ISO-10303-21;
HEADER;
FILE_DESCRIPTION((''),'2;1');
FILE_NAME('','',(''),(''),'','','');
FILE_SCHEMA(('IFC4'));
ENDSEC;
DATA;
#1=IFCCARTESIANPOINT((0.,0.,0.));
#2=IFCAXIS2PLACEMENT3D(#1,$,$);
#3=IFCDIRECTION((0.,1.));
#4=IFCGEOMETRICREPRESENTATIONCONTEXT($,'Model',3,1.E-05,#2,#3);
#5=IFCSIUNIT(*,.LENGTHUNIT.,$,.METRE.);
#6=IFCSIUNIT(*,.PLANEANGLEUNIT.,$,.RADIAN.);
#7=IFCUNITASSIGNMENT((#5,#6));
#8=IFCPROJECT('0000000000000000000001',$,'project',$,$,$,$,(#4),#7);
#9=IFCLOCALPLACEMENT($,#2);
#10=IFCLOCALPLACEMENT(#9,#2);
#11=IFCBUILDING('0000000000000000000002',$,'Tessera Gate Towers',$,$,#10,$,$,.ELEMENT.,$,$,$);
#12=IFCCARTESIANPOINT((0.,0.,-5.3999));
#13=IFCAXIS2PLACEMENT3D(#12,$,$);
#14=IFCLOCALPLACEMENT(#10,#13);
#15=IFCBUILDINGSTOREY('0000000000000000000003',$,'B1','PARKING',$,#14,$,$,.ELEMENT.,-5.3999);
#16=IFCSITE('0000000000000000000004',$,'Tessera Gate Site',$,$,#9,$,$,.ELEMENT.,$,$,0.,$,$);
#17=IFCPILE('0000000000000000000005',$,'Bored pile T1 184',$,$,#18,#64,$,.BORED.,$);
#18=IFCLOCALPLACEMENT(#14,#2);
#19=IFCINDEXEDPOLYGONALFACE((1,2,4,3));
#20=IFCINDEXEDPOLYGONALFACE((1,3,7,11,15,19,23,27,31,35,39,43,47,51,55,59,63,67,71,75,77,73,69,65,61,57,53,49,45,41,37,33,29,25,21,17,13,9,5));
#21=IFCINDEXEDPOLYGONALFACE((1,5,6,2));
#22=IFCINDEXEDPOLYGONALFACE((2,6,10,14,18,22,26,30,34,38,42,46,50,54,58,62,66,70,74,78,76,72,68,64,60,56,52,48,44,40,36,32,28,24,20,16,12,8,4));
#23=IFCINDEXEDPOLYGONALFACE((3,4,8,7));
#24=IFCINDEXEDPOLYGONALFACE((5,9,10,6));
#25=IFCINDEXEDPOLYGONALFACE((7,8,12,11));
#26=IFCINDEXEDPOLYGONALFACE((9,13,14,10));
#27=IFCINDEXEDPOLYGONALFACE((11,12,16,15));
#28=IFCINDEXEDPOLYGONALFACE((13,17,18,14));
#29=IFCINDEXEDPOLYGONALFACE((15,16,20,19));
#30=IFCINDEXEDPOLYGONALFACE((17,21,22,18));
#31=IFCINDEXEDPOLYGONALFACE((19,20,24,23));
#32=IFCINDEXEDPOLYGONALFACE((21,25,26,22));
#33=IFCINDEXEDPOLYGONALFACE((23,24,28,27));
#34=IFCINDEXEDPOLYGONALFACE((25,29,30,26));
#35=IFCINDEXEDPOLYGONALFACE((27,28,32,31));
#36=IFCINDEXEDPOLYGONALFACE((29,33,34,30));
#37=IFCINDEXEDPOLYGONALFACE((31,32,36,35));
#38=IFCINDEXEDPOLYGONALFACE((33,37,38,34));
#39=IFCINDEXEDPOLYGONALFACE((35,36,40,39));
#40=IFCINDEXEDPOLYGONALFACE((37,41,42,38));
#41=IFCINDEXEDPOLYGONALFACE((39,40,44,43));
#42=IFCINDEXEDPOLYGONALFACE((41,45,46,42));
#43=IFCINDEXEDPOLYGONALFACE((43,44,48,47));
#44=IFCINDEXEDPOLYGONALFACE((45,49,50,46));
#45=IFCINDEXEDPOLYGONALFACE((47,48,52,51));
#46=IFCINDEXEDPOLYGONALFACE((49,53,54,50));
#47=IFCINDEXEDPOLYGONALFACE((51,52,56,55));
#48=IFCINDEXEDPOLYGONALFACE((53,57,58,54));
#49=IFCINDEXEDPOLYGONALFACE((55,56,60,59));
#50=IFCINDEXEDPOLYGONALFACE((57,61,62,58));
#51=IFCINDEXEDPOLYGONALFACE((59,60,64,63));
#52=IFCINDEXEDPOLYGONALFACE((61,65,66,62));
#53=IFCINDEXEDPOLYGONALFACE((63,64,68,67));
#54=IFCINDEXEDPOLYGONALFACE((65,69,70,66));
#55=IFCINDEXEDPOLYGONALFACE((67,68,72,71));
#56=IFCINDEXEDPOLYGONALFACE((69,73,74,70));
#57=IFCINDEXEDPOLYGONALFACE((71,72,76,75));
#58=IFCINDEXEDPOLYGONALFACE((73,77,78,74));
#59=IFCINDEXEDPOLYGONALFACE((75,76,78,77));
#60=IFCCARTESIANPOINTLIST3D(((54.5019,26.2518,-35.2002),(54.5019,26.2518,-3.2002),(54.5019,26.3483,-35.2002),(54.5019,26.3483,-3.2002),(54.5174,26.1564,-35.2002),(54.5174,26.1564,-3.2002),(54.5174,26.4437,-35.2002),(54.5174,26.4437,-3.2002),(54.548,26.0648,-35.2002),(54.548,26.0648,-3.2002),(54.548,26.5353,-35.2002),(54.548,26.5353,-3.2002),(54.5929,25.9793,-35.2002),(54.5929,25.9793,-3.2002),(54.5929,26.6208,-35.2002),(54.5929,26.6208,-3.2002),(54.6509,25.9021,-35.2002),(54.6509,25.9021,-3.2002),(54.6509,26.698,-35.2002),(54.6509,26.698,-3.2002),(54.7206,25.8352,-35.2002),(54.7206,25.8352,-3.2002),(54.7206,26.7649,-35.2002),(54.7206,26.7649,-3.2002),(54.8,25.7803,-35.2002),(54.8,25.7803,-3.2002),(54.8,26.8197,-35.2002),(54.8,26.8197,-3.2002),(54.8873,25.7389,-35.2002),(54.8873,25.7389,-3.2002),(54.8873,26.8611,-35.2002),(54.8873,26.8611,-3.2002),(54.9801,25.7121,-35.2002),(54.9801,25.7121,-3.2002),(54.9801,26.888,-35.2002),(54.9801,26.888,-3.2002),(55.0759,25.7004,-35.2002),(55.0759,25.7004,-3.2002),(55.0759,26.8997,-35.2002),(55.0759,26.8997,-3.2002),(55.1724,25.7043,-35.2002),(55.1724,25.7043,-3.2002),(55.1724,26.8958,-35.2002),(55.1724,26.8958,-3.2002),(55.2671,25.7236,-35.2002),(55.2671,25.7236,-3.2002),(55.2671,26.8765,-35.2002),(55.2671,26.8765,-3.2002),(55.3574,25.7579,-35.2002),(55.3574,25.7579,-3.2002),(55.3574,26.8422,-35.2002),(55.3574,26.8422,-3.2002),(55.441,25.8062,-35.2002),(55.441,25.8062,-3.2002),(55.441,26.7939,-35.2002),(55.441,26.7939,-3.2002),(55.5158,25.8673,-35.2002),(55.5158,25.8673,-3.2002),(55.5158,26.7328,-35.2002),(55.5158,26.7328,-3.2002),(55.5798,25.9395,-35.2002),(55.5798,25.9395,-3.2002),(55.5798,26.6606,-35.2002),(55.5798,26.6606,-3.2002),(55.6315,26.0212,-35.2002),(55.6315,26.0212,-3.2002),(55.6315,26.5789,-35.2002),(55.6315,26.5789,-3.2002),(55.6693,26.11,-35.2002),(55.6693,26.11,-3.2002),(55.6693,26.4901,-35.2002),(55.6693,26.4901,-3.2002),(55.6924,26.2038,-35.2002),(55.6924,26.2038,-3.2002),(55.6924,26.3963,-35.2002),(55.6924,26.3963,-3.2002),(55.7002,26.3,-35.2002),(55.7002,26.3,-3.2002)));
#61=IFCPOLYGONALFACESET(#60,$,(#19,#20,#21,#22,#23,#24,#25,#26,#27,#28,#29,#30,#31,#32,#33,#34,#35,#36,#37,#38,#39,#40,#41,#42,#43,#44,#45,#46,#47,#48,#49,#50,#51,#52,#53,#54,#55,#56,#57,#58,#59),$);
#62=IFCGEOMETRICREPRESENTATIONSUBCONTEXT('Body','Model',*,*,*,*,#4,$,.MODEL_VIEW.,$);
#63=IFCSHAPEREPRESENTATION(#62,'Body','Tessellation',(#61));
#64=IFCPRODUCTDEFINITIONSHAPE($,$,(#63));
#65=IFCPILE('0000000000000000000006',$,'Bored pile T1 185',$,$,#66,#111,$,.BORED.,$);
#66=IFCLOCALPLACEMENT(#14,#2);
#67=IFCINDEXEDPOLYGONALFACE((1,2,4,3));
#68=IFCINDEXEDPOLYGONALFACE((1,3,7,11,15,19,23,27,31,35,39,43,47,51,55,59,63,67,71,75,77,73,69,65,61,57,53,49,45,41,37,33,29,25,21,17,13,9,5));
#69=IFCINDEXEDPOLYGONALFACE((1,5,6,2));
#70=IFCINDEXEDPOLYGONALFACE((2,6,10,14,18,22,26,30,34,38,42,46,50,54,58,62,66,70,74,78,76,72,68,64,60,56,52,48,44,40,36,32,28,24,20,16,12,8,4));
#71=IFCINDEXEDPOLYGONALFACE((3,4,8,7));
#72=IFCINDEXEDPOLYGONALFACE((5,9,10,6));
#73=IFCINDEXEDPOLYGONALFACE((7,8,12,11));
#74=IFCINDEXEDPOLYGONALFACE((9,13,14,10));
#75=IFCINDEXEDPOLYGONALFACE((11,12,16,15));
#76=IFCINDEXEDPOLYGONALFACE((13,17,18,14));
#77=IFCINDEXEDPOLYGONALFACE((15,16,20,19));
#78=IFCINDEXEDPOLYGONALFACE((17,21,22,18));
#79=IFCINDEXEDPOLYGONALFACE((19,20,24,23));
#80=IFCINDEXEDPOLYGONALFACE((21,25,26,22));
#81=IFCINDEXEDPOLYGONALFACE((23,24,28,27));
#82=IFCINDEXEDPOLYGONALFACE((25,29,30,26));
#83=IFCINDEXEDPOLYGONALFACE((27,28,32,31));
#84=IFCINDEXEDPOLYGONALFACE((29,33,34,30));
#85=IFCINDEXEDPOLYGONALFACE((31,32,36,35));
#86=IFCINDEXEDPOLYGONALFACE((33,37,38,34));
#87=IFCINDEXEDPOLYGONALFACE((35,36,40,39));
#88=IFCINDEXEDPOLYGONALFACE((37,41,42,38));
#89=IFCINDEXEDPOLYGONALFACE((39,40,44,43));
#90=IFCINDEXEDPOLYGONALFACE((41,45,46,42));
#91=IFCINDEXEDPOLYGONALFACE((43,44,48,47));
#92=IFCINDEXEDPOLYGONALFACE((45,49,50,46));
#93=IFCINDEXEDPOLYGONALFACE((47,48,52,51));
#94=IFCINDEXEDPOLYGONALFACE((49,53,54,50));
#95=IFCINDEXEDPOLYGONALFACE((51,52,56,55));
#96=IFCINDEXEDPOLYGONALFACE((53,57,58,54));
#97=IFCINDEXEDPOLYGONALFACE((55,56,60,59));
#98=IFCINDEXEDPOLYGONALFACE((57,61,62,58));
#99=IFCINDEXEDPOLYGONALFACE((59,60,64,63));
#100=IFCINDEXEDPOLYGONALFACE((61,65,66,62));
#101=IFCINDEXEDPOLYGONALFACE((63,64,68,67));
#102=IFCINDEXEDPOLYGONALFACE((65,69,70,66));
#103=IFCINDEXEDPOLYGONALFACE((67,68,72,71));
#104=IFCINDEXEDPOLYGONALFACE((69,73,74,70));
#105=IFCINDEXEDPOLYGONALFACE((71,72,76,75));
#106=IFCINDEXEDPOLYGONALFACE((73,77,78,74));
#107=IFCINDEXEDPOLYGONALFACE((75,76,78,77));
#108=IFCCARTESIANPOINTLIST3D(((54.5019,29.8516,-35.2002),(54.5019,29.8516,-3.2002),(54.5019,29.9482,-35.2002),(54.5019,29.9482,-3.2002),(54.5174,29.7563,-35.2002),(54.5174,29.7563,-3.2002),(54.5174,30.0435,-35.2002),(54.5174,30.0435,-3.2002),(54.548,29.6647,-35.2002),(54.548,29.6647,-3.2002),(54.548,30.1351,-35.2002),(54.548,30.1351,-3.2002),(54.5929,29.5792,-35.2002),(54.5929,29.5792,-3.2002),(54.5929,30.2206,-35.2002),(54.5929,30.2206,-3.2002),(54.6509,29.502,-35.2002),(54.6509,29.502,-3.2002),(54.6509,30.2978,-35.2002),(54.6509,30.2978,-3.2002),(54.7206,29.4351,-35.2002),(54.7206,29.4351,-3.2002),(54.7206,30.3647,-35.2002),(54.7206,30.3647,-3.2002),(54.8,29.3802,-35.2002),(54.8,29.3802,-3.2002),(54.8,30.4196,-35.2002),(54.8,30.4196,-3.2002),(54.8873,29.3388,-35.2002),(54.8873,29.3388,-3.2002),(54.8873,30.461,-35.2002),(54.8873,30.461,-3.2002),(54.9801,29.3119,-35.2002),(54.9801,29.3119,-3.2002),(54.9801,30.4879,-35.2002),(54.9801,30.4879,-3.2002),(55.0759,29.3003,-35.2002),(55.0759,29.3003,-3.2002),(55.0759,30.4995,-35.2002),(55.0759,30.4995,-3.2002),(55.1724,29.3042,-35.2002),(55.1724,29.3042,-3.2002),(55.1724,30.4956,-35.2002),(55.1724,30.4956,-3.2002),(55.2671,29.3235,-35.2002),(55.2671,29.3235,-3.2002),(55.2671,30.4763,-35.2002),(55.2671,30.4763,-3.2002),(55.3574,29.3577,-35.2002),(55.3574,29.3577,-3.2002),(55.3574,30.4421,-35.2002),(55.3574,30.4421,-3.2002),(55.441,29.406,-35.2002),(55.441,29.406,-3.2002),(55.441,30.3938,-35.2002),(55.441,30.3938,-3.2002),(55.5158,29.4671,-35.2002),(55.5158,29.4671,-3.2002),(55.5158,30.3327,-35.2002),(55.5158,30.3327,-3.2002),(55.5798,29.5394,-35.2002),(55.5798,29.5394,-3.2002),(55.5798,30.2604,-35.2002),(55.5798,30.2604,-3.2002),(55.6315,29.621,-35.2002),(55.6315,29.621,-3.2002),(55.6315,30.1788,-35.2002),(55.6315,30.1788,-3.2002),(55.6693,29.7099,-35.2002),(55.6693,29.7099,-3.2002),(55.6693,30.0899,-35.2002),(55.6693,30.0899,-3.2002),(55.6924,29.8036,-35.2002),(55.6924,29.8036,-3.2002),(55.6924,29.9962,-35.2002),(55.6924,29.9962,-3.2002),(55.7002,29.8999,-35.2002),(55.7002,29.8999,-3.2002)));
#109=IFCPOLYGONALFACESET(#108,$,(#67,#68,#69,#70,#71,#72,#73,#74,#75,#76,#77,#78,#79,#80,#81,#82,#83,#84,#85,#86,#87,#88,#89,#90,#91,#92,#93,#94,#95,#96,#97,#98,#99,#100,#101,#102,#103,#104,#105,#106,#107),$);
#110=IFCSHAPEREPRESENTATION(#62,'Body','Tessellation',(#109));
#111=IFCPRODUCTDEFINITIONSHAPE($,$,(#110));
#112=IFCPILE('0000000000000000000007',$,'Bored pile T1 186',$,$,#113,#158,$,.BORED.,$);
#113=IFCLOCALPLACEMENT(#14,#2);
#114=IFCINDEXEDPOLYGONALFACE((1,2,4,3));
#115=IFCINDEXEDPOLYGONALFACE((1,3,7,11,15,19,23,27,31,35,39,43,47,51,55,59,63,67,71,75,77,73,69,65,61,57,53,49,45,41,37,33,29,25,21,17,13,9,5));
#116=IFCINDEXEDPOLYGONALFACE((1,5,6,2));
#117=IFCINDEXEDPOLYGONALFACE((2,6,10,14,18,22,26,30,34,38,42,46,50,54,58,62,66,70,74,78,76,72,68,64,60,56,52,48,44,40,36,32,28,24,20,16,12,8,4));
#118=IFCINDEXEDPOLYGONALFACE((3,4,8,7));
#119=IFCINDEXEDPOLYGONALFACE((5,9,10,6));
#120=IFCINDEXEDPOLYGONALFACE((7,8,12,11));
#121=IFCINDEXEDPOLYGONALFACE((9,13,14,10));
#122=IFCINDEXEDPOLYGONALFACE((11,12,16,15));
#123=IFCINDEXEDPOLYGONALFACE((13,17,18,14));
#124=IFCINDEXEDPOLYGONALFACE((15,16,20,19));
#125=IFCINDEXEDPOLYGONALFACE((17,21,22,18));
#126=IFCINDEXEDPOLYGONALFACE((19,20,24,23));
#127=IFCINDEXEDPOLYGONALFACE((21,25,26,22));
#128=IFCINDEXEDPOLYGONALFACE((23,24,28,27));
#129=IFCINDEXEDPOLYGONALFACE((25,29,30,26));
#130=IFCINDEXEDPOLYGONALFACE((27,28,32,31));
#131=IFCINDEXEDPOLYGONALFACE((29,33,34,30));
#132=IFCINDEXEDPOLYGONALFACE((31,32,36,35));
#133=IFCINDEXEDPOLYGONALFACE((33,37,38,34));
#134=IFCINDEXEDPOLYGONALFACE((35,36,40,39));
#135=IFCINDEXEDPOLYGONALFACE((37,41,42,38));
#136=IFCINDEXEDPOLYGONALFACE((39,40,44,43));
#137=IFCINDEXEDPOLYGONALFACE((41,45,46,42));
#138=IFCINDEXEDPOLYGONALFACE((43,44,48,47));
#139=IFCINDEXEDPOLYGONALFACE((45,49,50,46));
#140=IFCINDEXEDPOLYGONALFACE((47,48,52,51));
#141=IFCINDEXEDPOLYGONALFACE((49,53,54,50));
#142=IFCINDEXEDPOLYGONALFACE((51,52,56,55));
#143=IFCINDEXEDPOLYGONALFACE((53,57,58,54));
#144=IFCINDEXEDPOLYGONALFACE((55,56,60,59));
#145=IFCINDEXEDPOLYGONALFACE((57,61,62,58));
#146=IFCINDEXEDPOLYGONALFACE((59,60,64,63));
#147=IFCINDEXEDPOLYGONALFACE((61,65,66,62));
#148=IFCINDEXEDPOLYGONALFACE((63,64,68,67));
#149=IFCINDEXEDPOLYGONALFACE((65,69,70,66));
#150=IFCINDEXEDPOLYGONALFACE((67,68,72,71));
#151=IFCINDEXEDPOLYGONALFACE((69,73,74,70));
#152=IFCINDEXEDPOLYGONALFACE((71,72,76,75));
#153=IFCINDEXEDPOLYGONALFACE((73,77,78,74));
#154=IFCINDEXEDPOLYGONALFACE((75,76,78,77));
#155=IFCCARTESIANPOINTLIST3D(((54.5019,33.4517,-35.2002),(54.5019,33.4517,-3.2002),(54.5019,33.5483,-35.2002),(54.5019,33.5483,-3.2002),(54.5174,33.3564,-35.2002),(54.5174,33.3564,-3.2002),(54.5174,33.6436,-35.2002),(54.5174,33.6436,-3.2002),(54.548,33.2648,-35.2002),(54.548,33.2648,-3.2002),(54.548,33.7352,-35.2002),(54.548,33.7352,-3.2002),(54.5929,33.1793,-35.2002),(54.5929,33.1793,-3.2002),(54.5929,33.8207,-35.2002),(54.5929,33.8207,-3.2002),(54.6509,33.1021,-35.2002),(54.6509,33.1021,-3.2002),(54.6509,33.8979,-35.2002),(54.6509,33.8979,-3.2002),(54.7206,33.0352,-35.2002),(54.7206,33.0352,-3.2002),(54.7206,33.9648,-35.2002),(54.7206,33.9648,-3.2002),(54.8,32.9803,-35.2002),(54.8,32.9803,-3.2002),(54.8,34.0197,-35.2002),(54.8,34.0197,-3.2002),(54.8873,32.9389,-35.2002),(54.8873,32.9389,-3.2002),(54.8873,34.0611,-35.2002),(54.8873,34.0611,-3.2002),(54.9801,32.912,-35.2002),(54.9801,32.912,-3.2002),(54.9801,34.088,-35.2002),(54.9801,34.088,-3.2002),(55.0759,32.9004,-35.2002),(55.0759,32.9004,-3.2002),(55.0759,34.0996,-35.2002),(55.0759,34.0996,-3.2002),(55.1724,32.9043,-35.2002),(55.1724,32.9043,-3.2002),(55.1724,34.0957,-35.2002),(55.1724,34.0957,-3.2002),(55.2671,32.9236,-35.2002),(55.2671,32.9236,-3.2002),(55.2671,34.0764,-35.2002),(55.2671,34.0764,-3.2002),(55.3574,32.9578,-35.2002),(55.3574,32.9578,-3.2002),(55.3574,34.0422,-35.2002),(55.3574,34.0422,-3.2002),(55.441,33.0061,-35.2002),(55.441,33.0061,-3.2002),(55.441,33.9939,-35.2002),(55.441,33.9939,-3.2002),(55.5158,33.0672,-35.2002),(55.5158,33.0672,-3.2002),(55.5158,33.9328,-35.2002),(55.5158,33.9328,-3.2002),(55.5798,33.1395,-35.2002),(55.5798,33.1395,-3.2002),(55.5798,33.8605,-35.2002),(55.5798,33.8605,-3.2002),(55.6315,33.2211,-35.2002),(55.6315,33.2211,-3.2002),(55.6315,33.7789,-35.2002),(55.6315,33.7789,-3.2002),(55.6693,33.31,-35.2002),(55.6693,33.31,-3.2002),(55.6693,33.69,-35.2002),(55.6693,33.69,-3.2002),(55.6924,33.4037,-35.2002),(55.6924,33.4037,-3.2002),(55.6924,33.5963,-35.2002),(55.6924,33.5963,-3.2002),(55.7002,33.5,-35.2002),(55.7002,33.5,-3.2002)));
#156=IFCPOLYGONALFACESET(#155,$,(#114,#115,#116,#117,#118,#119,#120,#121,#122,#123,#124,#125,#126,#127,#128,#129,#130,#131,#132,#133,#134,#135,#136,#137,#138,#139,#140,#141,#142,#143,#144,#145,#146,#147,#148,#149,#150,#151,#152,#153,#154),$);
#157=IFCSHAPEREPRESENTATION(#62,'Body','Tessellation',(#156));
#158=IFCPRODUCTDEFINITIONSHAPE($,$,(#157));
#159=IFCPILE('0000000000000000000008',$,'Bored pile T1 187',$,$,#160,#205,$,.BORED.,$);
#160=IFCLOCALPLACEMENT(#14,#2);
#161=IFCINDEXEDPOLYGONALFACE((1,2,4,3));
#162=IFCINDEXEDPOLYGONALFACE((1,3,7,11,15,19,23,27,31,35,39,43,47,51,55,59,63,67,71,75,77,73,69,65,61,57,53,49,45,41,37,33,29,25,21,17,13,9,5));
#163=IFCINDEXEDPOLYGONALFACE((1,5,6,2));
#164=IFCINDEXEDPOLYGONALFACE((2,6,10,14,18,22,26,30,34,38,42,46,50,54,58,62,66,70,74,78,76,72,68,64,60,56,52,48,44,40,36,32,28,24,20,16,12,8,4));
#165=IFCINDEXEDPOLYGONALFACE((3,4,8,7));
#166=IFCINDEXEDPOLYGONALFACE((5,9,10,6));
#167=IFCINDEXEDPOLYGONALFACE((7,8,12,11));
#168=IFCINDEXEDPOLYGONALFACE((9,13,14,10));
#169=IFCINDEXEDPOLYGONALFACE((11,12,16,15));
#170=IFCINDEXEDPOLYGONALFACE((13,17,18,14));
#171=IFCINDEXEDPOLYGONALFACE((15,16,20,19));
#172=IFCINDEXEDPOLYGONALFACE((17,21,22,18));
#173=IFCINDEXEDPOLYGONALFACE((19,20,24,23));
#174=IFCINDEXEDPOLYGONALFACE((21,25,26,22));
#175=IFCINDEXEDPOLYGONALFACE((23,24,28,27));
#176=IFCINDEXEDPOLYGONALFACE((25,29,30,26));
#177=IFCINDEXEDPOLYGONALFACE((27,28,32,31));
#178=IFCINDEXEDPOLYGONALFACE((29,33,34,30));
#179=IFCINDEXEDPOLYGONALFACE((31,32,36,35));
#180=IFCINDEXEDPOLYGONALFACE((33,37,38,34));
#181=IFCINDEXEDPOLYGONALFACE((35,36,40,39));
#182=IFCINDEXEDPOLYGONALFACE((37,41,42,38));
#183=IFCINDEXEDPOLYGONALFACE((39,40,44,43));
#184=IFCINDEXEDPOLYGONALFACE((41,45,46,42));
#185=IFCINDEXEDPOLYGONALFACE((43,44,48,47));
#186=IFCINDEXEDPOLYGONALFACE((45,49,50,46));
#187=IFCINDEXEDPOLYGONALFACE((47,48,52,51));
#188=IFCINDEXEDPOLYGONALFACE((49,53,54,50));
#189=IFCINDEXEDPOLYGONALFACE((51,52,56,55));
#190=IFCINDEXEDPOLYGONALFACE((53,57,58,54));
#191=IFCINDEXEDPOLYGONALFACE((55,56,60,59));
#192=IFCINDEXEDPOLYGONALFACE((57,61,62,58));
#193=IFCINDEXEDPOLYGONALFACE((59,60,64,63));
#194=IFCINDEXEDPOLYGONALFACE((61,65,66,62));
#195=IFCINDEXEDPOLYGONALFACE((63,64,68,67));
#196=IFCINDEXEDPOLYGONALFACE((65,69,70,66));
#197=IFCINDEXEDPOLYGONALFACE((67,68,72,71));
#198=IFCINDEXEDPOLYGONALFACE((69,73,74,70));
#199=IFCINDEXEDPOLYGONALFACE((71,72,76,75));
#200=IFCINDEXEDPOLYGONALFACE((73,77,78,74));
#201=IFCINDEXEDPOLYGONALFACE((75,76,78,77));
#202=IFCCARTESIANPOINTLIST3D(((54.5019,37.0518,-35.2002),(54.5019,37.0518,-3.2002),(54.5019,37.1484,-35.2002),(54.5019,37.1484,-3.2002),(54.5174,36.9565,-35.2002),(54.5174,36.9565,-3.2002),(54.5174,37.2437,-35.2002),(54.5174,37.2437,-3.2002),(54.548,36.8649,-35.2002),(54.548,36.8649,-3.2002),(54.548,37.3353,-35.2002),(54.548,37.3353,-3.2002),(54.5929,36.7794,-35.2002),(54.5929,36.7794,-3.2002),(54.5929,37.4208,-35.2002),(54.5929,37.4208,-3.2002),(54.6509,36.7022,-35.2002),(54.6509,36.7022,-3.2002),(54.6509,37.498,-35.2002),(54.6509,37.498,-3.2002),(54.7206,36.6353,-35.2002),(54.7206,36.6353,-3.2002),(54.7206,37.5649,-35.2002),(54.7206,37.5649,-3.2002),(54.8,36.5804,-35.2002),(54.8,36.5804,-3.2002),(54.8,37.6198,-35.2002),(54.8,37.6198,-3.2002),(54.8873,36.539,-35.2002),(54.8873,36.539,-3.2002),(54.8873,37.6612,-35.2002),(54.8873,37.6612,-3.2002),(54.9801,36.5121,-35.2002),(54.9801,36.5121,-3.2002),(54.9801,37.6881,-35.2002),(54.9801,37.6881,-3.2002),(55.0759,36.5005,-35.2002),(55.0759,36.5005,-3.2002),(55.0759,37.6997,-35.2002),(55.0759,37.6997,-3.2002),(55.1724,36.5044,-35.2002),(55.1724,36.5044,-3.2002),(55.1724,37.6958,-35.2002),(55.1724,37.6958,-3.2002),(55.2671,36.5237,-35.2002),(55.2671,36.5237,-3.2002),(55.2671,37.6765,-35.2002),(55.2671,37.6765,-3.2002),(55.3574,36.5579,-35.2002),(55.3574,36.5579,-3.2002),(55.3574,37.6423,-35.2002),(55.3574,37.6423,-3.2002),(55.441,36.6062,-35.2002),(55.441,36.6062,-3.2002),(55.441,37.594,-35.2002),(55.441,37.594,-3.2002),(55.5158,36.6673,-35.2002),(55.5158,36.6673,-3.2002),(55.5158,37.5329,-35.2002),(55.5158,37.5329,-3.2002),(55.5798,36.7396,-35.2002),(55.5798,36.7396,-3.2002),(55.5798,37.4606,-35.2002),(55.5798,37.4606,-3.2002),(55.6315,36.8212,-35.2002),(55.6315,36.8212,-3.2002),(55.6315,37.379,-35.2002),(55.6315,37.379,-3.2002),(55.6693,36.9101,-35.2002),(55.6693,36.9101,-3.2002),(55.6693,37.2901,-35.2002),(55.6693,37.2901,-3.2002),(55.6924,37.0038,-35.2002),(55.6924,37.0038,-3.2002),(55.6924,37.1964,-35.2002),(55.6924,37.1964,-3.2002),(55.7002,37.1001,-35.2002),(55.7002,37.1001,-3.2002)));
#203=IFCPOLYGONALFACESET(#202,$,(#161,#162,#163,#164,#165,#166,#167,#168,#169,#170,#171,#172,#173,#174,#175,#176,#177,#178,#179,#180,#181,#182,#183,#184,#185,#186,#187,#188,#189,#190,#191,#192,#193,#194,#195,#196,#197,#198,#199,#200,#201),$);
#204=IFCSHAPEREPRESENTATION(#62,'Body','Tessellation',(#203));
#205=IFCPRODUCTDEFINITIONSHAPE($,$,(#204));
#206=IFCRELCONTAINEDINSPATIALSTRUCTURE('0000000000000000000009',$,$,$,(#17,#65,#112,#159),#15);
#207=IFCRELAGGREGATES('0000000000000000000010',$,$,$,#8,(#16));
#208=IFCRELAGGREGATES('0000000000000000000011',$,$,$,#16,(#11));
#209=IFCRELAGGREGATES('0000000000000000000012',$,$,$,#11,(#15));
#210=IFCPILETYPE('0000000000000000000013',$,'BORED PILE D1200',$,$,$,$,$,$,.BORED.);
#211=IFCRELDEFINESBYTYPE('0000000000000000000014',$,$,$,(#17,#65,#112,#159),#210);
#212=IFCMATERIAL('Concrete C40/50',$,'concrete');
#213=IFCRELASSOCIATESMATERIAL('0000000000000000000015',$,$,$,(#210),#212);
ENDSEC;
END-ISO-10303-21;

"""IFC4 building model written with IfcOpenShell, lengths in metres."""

from ifc_helpers import new_model, si_unit, direction, frame, origin, origin_2d, place, context, subcontext, project, spatial, circle, extrude, material, material_profile, profile_set, type_object, element, save


model = new_model("IFC4")

# Units and contexts
model_context = context("Model", 3, precision=1e-05, world=origin(), true_north=direction((0.0, 1.0)))
body_context = subcontext(model_context, "Body", "Model", "MODEL_VIEW")
ifc_project = project(units=[si_unit("LENGTHUNIT", "METRE"), si_unit("PLANEANGLEUNIT", "RADIAN")], contexts=[model_context])

# Site, building, storey
site_placement = place(None, origin())
site = spatial("IfcSite", under=ifc_project, at=site_placement, Name="Tessera Gate Site", CompositionType="ELEMENT", RefElevation=0.0)
building_placement = place(site_placement, origin())
building = spatial("IfcBuilding", under=site, at=building_placement, Name="Tessera Gate Towers", CompositionType="ELEMENT")
storey_placement = place(building_placement, frame((0.0, 0.0, -5.3999)))
storey = spatial("IfcBuildingStorey", under=building, at=storey_placement, Name="B1", Description="PARKING", CompositionType="ELEMENT", Elevation=-5.3999)

# Piles
ifc_material_1 = material(Name="Concrete C40/50", Category="concrete")
ifc_material_profile_1 = material_profile(ifc_material_1, circle(Radius=0.6001, at=origin_2d()), Name="BORED PILE D1200")
ifc_profile_set_1 = profile_set([ifc_material_profile_1], Name="Concrete C40/50")
pile_type = type_object("IfcPileType", Name="BORED PILE D1200", PredefinedType="BORED", material=ifc_profile_set_1)
for number, where, z_axis, x_axis, name in (
    (1, (55.1001, 26.3, -3.2002), (0.0, 0.0, -1.0), (1.0, 0.0, 0.0), "Bored pile T1 184"),
    (2, (55.1001, 29.8999, -3.2002), (0.0, 0.0, -1.0), (1.0, 0.0, 0.0), "Bored pile T1 185"),
    (3, (55.1001, 33.5, -3.2002), (0.0, 0.0, -1.0), (1.0, 0.0, 0.0), "Bored pile T1 186"),
    (4, (55.1001, 37.1001, -3.2002), (0.0, 0.0, -1.0), (1.0, 0.0, 0.0), "Bored pile T1 187"),
):
    element("IfcPile", number, at=place(storey_placement, frame(where, z_axis=z_axis, x_axis=x_axis)), inside=storey, type_object=pile_type, Name=name, PredefinedType="BORED", context=body_context, shape_type="SweptSolid", body=[
        extrude(circle(Radius=0.6001, at=origin_2d()), origin(), (0.0, 0.0, 1.0), 32.0),
    ])

save(model, "model.ifc")
